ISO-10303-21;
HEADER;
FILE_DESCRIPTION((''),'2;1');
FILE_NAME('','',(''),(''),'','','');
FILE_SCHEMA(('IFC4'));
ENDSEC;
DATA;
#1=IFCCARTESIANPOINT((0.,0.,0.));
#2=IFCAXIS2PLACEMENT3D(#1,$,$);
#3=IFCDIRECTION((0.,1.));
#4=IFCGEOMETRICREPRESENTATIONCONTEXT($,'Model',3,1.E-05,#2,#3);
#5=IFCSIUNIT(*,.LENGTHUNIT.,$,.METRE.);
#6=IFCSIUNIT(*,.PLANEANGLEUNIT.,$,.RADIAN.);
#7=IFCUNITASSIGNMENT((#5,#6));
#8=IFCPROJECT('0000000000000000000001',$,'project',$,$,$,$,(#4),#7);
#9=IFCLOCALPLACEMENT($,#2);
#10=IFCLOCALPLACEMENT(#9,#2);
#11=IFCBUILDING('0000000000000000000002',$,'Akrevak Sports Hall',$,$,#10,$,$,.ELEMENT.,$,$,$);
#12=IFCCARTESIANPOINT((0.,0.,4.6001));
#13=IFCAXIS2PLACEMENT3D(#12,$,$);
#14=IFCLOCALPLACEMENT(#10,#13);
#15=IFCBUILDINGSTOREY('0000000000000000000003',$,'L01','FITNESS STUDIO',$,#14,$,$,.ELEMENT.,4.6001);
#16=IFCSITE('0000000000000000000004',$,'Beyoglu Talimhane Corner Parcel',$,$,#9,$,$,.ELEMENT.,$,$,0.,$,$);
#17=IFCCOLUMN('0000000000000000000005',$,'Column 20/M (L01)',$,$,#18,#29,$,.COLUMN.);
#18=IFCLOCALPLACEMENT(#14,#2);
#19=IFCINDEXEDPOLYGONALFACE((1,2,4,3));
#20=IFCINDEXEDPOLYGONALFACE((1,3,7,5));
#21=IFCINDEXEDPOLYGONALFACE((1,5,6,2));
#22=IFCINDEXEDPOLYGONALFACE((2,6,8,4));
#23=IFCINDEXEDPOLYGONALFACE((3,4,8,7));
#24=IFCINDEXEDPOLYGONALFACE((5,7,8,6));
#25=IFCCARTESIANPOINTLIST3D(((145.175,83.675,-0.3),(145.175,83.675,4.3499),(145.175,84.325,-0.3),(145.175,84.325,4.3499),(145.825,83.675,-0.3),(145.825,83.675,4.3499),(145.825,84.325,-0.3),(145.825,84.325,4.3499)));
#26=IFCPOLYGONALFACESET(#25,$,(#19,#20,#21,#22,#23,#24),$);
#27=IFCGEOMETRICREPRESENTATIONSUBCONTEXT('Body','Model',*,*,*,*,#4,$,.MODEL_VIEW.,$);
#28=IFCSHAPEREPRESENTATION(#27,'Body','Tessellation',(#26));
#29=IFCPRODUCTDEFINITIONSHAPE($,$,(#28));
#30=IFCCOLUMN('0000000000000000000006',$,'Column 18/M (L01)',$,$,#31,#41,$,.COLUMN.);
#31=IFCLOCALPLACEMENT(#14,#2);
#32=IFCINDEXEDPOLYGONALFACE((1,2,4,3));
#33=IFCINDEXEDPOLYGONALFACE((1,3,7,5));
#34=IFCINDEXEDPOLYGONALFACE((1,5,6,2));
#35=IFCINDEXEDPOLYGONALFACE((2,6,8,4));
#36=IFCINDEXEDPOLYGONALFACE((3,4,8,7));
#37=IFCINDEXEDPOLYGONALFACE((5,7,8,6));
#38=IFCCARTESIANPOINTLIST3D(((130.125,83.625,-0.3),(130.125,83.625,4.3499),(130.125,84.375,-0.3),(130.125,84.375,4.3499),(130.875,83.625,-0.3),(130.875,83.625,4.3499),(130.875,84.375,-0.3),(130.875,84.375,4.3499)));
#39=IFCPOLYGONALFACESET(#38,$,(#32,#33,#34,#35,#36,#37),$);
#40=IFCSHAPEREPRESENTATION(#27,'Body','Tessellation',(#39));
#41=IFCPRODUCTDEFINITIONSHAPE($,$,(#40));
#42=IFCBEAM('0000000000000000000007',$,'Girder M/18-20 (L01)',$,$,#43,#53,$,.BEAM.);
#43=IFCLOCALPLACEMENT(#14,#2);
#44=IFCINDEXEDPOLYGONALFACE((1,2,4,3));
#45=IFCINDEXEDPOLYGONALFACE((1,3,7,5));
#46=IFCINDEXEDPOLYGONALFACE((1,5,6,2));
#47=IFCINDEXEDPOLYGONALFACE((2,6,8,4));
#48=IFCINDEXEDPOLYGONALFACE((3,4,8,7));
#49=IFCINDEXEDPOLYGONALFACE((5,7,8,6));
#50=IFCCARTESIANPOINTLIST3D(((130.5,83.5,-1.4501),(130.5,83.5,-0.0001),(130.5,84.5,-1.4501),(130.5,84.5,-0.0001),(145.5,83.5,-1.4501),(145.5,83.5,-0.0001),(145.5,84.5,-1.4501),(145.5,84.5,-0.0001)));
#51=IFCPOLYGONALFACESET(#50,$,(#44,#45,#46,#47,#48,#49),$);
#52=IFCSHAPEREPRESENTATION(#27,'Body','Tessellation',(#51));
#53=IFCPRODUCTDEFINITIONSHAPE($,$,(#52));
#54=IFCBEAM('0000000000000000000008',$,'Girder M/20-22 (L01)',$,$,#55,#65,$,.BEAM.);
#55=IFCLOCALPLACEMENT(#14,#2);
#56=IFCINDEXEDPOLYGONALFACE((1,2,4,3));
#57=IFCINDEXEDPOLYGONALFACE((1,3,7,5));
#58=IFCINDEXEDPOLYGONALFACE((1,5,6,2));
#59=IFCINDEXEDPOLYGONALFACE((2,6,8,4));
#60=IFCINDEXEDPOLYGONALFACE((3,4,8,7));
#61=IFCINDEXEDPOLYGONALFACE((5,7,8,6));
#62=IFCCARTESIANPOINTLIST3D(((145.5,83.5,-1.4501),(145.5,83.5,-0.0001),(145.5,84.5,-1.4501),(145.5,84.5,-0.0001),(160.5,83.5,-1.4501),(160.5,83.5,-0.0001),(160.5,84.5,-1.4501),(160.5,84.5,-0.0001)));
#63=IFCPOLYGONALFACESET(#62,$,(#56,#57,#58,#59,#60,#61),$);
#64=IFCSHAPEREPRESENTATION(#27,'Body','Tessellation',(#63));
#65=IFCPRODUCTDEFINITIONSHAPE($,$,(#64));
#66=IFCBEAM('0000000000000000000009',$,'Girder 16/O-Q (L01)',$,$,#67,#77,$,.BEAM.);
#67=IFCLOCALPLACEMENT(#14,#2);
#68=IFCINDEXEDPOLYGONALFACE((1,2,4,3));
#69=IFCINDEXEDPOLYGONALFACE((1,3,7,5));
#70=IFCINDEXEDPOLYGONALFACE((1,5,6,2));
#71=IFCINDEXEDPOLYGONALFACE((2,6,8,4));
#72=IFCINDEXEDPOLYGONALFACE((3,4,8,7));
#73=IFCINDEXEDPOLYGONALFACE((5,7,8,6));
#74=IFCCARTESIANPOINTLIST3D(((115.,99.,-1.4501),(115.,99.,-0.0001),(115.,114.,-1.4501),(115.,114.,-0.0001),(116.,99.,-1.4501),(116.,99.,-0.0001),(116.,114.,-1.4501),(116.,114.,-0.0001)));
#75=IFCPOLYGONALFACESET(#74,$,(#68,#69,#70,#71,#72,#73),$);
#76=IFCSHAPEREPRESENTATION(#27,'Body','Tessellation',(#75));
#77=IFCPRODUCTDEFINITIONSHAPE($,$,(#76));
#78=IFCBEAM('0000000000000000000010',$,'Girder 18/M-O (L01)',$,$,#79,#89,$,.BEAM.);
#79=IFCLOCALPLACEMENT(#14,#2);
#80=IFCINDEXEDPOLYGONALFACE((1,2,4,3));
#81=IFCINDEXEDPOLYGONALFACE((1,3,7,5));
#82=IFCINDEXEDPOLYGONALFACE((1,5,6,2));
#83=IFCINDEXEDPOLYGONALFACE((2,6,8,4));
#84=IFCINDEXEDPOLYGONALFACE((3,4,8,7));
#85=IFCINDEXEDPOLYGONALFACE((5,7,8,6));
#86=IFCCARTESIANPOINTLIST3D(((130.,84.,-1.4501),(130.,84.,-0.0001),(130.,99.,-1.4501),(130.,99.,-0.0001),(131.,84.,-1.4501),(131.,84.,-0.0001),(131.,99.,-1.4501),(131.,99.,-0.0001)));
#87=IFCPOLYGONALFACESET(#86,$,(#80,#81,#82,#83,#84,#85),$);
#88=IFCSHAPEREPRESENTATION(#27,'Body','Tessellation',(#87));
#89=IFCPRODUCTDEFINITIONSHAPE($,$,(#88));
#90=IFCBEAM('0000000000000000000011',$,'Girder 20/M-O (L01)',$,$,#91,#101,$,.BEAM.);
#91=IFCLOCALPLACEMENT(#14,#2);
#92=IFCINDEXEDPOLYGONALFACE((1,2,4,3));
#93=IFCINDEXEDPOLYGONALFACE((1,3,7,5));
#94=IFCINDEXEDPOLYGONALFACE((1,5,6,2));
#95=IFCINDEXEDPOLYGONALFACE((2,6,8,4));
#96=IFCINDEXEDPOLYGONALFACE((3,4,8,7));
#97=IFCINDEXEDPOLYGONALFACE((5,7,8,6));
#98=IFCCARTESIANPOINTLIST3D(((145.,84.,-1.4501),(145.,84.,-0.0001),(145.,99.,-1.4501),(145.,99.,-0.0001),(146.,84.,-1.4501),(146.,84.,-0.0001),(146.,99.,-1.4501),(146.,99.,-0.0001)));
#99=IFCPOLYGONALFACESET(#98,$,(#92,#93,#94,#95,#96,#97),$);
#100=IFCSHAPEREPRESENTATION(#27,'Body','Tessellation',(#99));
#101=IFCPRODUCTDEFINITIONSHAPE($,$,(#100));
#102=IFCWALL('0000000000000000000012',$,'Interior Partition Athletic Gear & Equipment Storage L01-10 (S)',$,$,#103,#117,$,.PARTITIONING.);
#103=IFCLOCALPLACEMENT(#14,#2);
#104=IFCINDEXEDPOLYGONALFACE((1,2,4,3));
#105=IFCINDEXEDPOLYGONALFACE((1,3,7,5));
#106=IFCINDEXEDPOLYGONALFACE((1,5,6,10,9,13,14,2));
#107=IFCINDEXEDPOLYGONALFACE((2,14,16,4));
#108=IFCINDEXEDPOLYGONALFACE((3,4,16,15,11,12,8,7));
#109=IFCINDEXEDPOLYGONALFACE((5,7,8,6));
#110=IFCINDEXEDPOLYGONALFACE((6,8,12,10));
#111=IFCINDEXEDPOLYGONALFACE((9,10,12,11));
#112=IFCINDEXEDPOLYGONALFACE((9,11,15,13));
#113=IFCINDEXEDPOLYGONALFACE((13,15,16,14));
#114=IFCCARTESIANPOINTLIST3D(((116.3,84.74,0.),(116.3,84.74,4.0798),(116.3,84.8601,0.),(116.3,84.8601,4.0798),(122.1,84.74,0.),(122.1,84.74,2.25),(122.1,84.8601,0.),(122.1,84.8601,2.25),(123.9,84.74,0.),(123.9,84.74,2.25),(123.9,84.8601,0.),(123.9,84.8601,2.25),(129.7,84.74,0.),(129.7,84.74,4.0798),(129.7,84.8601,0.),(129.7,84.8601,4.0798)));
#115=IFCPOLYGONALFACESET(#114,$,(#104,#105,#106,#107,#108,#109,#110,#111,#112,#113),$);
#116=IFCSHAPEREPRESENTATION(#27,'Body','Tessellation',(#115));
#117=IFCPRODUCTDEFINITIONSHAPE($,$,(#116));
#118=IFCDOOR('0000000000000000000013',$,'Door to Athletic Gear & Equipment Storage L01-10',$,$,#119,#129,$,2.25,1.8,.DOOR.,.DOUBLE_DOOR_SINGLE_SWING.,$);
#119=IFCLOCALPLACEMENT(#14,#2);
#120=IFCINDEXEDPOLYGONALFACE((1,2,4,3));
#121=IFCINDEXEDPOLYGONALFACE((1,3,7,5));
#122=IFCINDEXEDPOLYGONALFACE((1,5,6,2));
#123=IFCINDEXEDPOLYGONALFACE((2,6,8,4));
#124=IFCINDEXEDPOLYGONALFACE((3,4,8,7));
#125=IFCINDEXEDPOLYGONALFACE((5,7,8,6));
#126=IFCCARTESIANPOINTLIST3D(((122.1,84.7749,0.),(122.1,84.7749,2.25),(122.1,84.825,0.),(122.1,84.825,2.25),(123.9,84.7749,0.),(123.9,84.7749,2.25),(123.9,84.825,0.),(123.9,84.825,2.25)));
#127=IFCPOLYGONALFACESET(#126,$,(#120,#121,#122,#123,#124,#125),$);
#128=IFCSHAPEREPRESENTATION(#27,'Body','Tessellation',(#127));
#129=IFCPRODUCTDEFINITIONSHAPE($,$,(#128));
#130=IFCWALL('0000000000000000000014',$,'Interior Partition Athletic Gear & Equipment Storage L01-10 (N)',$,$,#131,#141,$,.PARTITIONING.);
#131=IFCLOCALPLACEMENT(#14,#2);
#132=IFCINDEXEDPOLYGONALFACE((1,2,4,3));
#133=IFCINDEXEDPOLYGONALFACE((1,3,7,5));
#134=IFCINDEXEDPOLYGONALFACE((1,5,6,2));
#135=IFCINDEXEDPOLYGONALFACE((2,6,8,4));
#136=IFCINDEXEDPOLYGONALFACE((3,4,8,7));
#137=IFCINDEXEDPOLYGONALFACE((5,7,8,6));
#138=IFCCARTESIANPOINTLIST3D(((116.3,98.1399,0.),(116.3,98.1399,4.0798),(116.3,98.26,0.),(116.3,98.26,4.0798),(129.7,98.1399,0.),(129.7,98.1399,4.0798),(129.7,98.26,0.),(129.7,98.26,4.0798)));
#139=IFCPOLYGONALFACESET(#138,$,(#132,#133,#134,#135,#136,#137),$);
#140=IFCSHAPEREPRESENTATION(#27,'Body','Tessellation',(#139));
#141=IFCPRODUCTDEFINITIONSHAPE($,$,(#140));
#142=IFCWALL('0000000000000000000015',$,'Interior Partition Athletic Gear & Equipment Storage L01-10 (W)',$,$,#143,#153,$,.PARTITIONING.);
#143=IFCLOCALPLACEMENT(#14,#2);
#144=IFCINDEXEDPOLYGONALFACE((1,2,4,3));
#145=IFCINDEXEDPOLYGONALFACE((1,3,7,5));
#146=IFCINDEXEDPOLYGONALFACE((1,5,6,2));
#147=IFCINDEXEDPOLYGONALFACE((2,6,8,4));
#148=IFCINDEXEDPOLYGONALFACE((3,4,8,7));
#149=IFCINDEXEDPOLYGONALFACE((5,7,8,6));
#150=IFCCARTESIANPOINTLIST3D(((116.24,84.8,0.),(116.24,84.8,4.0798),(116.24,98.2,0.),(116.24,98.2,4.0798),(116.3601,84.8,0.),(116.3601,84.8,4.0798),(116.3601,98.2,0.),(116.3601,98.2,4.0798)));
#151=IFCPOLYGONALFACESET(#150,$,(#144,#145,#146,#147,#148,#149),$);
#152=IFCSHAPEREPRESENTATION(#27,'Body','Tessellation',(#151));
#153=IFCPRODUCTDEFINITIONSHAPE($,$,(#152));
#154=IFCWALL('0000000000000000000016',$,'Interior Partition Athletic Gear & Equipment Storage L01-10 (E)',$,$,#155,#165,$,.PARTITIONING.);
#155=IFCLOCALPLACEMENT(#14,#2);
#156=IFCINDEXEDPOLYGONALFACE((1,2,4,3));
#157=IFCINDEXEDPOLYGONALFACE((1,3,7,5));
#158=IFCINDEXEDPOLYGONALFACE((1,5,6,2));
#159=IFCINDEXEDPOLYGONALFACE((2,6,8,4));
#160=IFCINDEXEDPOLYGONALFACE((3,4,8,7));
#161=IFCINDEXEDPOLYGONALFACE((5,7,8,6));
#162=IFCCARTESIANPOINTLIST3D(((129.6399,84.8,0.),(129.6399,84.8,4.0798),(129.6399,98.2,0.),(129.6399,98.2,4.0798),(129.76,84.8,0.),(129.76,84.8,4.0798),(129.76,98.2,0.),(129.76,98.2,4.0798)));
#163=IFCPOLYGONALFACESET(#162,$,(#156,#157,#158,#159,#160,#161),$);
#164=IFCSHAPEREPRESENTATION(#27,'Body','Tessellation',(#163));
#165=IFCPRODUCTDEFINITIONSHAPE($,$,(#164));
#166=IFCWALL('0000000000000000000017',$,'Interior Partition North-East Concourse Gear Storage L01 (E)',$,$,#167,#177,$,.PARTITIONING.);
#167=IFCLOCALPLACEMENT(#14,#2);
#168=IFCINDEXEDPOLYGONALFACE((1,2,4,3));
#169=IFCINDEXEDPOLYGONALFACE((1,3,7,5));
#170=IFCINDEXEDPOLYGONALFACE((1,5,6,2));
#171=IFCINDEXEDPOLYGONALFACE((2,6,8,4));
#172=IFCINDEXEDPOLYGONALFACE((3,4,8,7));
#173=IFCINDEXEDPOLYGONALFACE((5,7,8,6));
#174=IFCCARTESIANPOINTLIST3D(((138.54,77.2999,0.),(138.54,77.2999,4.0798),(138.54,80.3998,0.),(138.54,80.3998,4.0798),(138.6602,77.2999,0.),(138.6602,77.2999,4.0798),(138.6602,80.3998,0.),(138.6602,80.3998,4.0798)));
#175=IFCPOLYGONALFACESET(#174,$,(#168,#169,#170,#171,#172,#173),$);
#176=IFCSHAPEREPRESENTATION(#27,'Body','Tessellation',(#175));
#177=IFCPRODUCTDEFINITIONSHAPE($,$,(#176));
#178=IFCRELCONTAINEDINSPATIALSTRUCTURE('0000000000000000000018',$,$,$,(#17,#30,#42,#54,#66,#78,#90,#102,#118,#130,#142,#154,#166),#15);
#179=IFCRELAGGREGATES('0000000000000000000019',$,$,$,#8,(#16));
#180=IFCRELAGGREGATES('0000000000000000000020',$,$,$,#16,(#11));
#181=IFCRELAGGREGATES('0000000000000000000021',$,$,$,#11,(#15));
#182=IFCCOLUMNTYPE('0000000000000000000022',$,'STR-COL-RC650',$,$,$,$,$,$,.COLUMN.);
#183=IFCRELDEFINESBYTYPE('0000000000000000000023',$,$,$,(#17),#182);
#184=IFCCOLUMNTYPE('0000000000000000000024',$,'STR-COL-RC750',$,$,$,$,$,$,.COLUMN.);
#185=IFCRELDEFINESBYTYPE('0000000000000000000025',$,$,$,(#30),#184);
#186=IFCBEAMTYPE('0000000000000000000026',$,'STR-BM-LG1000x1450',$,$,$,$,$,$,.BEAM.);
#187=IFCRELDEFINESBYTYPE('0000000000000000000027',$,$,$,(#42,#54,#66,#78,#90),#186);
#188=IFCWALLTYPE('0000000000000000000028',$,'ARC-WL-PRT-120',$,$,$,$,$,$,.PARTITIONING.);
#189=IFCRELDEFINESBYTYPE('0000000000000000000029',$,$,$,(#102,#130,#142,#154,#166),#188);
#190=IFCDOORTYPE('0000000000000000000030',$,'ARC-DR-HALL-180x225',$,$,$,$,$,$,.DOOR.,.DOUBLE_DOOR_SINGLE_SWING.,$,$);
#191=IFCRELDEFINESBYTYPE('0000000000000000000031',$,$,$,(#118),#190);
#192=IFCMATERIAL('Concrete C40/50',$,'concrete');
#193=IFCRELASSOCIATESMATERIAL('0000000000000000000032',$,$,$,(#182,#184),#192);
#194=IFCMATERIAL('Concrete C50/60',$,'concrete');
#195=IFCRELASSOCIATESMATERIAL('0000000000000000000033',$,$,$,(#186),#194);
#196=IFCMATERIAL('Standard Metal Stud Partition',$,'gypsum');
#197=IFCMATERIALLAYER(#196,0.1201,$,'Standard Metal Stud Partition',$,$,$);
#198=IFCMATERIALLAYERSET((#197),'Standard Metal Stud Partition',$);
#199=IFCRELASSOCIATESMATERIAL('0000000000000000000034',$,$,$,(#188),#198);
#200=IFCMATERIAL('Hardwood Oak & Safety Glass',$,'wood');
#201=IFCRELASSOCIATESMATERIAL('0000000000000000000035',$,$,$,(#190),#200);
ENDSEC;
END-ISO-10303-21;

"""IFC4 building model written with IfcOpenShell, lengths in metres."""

from ifc_helpers import new_model, si_unit, direction, frame, frame_2d, origin, origin_2d, place, context, subcontext, project, spatial, rectangle, extrude, material, layer, layer_set, material_profile, profile_set, type_object, element, fill, save


model = new_model("IFC4")

# Units and contexts
model_context = context("Model", 3, precision=1e-05, world=origin(), true_north=direction((0.0, 1.0)))
body_context = subcontext(model_context, "Body", "Model", "MODEL_VIEW")
ifc_project = project(units=[si_unit("LENGTHUNIT", "METRE"), si_unit("PLANEANGLEUNIT", "RADIAN")], contexts=[model_context])

# Site, building, storey
site_placement = place(None, origin())
site = spatial("IfcSite", under=ifc_project, at=site_placement, Name="Beyoglu Talimhane Corner Parcel", CompositionType="ELEMENT", RefElevation=0.0)
building_placement = place(site_placement, origin())
building = spatial("IfcBuilding", under=site, at=building_placement, Name="Akrevak Sports Hall", CompositionType="ELEMENT")
storey_placement = place(building_placement, frame((0.0, 0.0, 4.6001)))
storey = spatial("IfcBuildingStorey", under=building, at=storey_placement, Name="L01", Description="FITNESS STUDIO", CompositionType="ELEMENT", Elevation=4.6001)

# Columns
ifc_material_1 = material(Name="Concrete C40/50", Category="concrete")
ifc_material_profile_1 = material_profile(ifc_material_1, rectangle(XDim=0.6499, YDim=0.6499, at=origin_2d()), Name="RC 650x650", Category="concrete")
ifc_profile_set_1 = profile_set([ifc_material_profile_1], Name="Concrete C40/50")
column_type_1 = type_object("IfcColumnType", Name="STR-COL-RC650", PredefinedType="COLUMN", material=ifc_profile_set_1)
column_1_placement = place(storey_placement, frame((145.5, 84.0, -0.3), z_axis=(0.0, 0.0, 1.0), x_axis=(1.0, 0.0, 0.0)))
element("IfcColumn", 1, at=column_1_placement, inside=storey, type_object=column_type_1, Name="Column 20/M (L01)", PredefinedType="COLUMN", context=body_context, shape_type="SweptSolid", body=[
    extrude(rectangle(XDim=0.6499, YDim=0.6499, at=origin_2d()), origin(), (0.0, 0.0, 1.0), 4.6499),
])
ifc_material_profile_2 = material_profile(ifc_material_1, rectangle(XDim=0.75, YDim=0.75, at=origin_2d()), Name="RC 750x750", Category="concrete")
ifc_profile_set_2 = profile_set([ifc_material_profile_2], Name="Concrete C40/50")
column_type_2 = type_object("IfcColumnType", Name="STR-COL-RC750", PredefinedType="COLUMN", material=ifc_profile_set_2)
column_2_placement = place(storey_placement, frame((130.5, 84.0, -0.3), z_axis=(0.0, 0.0, 1.0), x_axis=(1.0, 0.0, 0.0)))
element("IfcColumn", 2, at=column_2_placement, inside=storey, type_object=column_type_2, Name="Column 18/M (L01)", PredefinedType="COLUMN", context=body_context, shape_type="SweptSolid", body=[
    extrude(rectangle(XDim=0.75, YDim=0.75, at=origin_2d()), origin(), (0.0, 0.0, 1.0), 4.6499),
])

# Beams
ifc_material_2 = material(Name="Concrete C50/60", Category="concrete")
ifc_material_profile_3 = material_profile(ifc_material_2, rectangle(XDim=1.0, YDim=1.45, at=origin_2d()), Name="BM 1000x1450", Category="concrete")
ifc_profile_set_3 = profile_set([ifc_material_profile_3], Name="Concrete C50/60")
beam_type = type_object("IfcBeamType", Name="STR-BM-LG1000x1450", PredefinedType="BEAM", material=ifc_profile_set_3)
for number, where, z_axis, x_axis, name in (
    (3, (130.5, 84.0, -0.7251), (1.0, 0.0, 0.0), (0.0, 1.0, 0.0), "Girder M/18-20 (L01)"),
    (4, (145.5, 84.0, -0.7251), (1.0, 0.0, 0.0), (0.0, 1.0, 0.0), "Girder M/20-22 (L01)"),
    (5, (115.5, 99.0, -0.7251), (0.0, 1.0, 0.0), (-1.0, 0.0, 0.0), "Girder 16/O-Q (L01)"),
    (6, (130.5, 84.0, -0.7251), (0.0, 1.0, 0.0), (-1.0, 0.0, 0.0), "Girder 18/M-O (L01)"),
    (7, (145.5, 84.0, -0.7251), (0.0, 1.0, 0.0), (-1.0, 0.0, 0.0), "Girder 20/M-O (L01)"),
):
    element("IfcBeam", number, at=place(storey_placement, frame(where, z_axis=z_axis, x_axis=x_axis)), inside=storey, type_object=beam_type, Name=name, PredefinedType="BEAM", context=body_context, shape_type="SweptSolid", body=[
        extrude(rectangle(XDim=1.0, YDim=1.45, at=origin_2d()), origin(), (0.0, 0.0, 1.0), 15.0),
    ])

# Wall, opening, door
ifc_material_3 = material(Name="Standard Metal Stud Partition", Category="gypsum")
ifc_layer_1 = layer(ifc_material_3, 0.1201, Name="Standard Metal Stud Partition")
ifc_layer_set_1 = layer_set([ifc_layer_1], Name="Standard Metal Stud Partition")
wall_type_1 = type_object("IfcWallType", Name="ARC-WL-PRT-120", PredefinedType="PARTITIONING", material=ifc_layer_set_1)
wall_1_placement = place(storey_placement, frame((116.3, 84.8, 0.0), z_axis=(0.0, 0.0, 1.0), x_axis=(1.0, 0.0, 0.0)))
wall_1 = element("IfcWall", 8, at=wall_1_placement, inside=storey, type_object=wall_type_1, Name="Interior Partition Athletic Gear & Equipment Storage L01-10 (S)", PredefinedType="PARTITIONING", context=body_context, shape_type="SweptSolid", body=[
    extrude(rectangle(XDim=13.3999, YDim=0.1201, at=frame_2d((6.7, 0.0))), origin(), (0.0, 0.0, 1.0), 4.0798),
])
opening_1_placement = place(wall_1_placement, frame((5.8, 0.0, 0.0)))
opening_1 = element("IfcOpeningElement", 9, at=opening_1_placement, cuts=wall_1, PredefinedType="OPENING", context=body_context, shape_type="SweptSolid", body=[
    extrude(rectangle(XDim=1.8, YDim=2.25, at=frame_2d((0.8999, 1.125))), frame((0.0, 0.072, 0.0), z_axis=(0.0, -1.0, 0.0), x_axis=(1.0, 0.0, 0.0)), (0.0, 0.0, 1.0), 0.144),
])
ifc_material_4 = material(Name="Hardwood Oak & Safety Glass", Category="wood")
door_type_1 = type_object("IfcDoorType", Name="ARC-DR-HALL-180x225", OperationType="DOUBLE_DOOR_SINGLE_SWING", PredefinedType="DOOR", material=ifc_material_4)
door_1_placement = place(opening_1_placement, origin())
door_1 = element("IfcDoor", 10, at=door_1_placement, inside=storey, type_object=door_type_1, Name="Door to Athletic Gear & Equipment Storage L01-10", OperationType="DOUBLE_DOOR_SINGLE_SWING", OverallHeight=2.25, OverallWidth=1.8, PredefinedType="DOOR", context=body_context, shape_type="SweptSolid", body=[
    extrude(rectangle(XDim=1.8, YDim=2.25, at=frame_2d((0.8999, 1.125))), frame((0.0, 0.0249, 0.0), z_axis=(0.0, -1.0, 0.0), x_axis=(1.0, 0.0, 0.0)), (0.0, 0.0, 1.0), 0.05),
])
fill(opening_1, door_1)

# Walls
for number, where, z_axis, x_axis, name in (
    (11, (116.3, 98.2, 0.0), (0.0, 0.0, 1.0), (1.0, 0.0, 0.0), "Interior Partition Athletic Gear & Equipment Storage L01-10 (N)"),
    (12, (116.3, 84.8, 0.0), (0.0, 0.0, 1.0), (0.0, 1.0, 0.0), "Interior Partition Athletic Gear & Equipment Storage L01-10 (W)"),
    (13, (129.7, 84.8, 0.0), (0.0, 0.0, 1.0), (0.0, 1.0, 0.0), "Interior Partition Athletic Gear & Equipment Storage L01-10 (E)"),
):
    element("IfcWall", number, at=place(storey_placement, frame(where, z_axis=z_axis, x_axis=x_axis)), inside=storey, type_object=wall_type_1, Name=name, PredefinedType="PARTITIONING", context=body_context, shape_type="SweptSolid", body=[
        extrude(rectangle(XDim=13.3999, YDim=0.1201, at=frame_2d((6.7, 0.0))), origin(), (0.0, 0.0, 1.0), 4.0798),
    ])
wall_2_placement = place(storey_placement, frame((138.6001, 77.3, 0.0), z_axis=(0.0, 0.0, 1.0), x_axis=(0.0, 1.0, 0.0)))
element("IfcWall", 14, at=wall_2_placement, inside=storey, type_object=wall_type_1, Name="Interior Partition North-East Concourse Gear Storage L01 (E)", PredefinedType="PARTITIONING", context=body_context, shape_type="SweptSolid", body=[
    extrude(rectangle(XDim=3.0999, YDim=0.1201, at=frame_2d((1.5498, 0.0))), origin(), (0.0, 0.0, 1.0), 4.0798),
])

save(model, "model.ifc")
